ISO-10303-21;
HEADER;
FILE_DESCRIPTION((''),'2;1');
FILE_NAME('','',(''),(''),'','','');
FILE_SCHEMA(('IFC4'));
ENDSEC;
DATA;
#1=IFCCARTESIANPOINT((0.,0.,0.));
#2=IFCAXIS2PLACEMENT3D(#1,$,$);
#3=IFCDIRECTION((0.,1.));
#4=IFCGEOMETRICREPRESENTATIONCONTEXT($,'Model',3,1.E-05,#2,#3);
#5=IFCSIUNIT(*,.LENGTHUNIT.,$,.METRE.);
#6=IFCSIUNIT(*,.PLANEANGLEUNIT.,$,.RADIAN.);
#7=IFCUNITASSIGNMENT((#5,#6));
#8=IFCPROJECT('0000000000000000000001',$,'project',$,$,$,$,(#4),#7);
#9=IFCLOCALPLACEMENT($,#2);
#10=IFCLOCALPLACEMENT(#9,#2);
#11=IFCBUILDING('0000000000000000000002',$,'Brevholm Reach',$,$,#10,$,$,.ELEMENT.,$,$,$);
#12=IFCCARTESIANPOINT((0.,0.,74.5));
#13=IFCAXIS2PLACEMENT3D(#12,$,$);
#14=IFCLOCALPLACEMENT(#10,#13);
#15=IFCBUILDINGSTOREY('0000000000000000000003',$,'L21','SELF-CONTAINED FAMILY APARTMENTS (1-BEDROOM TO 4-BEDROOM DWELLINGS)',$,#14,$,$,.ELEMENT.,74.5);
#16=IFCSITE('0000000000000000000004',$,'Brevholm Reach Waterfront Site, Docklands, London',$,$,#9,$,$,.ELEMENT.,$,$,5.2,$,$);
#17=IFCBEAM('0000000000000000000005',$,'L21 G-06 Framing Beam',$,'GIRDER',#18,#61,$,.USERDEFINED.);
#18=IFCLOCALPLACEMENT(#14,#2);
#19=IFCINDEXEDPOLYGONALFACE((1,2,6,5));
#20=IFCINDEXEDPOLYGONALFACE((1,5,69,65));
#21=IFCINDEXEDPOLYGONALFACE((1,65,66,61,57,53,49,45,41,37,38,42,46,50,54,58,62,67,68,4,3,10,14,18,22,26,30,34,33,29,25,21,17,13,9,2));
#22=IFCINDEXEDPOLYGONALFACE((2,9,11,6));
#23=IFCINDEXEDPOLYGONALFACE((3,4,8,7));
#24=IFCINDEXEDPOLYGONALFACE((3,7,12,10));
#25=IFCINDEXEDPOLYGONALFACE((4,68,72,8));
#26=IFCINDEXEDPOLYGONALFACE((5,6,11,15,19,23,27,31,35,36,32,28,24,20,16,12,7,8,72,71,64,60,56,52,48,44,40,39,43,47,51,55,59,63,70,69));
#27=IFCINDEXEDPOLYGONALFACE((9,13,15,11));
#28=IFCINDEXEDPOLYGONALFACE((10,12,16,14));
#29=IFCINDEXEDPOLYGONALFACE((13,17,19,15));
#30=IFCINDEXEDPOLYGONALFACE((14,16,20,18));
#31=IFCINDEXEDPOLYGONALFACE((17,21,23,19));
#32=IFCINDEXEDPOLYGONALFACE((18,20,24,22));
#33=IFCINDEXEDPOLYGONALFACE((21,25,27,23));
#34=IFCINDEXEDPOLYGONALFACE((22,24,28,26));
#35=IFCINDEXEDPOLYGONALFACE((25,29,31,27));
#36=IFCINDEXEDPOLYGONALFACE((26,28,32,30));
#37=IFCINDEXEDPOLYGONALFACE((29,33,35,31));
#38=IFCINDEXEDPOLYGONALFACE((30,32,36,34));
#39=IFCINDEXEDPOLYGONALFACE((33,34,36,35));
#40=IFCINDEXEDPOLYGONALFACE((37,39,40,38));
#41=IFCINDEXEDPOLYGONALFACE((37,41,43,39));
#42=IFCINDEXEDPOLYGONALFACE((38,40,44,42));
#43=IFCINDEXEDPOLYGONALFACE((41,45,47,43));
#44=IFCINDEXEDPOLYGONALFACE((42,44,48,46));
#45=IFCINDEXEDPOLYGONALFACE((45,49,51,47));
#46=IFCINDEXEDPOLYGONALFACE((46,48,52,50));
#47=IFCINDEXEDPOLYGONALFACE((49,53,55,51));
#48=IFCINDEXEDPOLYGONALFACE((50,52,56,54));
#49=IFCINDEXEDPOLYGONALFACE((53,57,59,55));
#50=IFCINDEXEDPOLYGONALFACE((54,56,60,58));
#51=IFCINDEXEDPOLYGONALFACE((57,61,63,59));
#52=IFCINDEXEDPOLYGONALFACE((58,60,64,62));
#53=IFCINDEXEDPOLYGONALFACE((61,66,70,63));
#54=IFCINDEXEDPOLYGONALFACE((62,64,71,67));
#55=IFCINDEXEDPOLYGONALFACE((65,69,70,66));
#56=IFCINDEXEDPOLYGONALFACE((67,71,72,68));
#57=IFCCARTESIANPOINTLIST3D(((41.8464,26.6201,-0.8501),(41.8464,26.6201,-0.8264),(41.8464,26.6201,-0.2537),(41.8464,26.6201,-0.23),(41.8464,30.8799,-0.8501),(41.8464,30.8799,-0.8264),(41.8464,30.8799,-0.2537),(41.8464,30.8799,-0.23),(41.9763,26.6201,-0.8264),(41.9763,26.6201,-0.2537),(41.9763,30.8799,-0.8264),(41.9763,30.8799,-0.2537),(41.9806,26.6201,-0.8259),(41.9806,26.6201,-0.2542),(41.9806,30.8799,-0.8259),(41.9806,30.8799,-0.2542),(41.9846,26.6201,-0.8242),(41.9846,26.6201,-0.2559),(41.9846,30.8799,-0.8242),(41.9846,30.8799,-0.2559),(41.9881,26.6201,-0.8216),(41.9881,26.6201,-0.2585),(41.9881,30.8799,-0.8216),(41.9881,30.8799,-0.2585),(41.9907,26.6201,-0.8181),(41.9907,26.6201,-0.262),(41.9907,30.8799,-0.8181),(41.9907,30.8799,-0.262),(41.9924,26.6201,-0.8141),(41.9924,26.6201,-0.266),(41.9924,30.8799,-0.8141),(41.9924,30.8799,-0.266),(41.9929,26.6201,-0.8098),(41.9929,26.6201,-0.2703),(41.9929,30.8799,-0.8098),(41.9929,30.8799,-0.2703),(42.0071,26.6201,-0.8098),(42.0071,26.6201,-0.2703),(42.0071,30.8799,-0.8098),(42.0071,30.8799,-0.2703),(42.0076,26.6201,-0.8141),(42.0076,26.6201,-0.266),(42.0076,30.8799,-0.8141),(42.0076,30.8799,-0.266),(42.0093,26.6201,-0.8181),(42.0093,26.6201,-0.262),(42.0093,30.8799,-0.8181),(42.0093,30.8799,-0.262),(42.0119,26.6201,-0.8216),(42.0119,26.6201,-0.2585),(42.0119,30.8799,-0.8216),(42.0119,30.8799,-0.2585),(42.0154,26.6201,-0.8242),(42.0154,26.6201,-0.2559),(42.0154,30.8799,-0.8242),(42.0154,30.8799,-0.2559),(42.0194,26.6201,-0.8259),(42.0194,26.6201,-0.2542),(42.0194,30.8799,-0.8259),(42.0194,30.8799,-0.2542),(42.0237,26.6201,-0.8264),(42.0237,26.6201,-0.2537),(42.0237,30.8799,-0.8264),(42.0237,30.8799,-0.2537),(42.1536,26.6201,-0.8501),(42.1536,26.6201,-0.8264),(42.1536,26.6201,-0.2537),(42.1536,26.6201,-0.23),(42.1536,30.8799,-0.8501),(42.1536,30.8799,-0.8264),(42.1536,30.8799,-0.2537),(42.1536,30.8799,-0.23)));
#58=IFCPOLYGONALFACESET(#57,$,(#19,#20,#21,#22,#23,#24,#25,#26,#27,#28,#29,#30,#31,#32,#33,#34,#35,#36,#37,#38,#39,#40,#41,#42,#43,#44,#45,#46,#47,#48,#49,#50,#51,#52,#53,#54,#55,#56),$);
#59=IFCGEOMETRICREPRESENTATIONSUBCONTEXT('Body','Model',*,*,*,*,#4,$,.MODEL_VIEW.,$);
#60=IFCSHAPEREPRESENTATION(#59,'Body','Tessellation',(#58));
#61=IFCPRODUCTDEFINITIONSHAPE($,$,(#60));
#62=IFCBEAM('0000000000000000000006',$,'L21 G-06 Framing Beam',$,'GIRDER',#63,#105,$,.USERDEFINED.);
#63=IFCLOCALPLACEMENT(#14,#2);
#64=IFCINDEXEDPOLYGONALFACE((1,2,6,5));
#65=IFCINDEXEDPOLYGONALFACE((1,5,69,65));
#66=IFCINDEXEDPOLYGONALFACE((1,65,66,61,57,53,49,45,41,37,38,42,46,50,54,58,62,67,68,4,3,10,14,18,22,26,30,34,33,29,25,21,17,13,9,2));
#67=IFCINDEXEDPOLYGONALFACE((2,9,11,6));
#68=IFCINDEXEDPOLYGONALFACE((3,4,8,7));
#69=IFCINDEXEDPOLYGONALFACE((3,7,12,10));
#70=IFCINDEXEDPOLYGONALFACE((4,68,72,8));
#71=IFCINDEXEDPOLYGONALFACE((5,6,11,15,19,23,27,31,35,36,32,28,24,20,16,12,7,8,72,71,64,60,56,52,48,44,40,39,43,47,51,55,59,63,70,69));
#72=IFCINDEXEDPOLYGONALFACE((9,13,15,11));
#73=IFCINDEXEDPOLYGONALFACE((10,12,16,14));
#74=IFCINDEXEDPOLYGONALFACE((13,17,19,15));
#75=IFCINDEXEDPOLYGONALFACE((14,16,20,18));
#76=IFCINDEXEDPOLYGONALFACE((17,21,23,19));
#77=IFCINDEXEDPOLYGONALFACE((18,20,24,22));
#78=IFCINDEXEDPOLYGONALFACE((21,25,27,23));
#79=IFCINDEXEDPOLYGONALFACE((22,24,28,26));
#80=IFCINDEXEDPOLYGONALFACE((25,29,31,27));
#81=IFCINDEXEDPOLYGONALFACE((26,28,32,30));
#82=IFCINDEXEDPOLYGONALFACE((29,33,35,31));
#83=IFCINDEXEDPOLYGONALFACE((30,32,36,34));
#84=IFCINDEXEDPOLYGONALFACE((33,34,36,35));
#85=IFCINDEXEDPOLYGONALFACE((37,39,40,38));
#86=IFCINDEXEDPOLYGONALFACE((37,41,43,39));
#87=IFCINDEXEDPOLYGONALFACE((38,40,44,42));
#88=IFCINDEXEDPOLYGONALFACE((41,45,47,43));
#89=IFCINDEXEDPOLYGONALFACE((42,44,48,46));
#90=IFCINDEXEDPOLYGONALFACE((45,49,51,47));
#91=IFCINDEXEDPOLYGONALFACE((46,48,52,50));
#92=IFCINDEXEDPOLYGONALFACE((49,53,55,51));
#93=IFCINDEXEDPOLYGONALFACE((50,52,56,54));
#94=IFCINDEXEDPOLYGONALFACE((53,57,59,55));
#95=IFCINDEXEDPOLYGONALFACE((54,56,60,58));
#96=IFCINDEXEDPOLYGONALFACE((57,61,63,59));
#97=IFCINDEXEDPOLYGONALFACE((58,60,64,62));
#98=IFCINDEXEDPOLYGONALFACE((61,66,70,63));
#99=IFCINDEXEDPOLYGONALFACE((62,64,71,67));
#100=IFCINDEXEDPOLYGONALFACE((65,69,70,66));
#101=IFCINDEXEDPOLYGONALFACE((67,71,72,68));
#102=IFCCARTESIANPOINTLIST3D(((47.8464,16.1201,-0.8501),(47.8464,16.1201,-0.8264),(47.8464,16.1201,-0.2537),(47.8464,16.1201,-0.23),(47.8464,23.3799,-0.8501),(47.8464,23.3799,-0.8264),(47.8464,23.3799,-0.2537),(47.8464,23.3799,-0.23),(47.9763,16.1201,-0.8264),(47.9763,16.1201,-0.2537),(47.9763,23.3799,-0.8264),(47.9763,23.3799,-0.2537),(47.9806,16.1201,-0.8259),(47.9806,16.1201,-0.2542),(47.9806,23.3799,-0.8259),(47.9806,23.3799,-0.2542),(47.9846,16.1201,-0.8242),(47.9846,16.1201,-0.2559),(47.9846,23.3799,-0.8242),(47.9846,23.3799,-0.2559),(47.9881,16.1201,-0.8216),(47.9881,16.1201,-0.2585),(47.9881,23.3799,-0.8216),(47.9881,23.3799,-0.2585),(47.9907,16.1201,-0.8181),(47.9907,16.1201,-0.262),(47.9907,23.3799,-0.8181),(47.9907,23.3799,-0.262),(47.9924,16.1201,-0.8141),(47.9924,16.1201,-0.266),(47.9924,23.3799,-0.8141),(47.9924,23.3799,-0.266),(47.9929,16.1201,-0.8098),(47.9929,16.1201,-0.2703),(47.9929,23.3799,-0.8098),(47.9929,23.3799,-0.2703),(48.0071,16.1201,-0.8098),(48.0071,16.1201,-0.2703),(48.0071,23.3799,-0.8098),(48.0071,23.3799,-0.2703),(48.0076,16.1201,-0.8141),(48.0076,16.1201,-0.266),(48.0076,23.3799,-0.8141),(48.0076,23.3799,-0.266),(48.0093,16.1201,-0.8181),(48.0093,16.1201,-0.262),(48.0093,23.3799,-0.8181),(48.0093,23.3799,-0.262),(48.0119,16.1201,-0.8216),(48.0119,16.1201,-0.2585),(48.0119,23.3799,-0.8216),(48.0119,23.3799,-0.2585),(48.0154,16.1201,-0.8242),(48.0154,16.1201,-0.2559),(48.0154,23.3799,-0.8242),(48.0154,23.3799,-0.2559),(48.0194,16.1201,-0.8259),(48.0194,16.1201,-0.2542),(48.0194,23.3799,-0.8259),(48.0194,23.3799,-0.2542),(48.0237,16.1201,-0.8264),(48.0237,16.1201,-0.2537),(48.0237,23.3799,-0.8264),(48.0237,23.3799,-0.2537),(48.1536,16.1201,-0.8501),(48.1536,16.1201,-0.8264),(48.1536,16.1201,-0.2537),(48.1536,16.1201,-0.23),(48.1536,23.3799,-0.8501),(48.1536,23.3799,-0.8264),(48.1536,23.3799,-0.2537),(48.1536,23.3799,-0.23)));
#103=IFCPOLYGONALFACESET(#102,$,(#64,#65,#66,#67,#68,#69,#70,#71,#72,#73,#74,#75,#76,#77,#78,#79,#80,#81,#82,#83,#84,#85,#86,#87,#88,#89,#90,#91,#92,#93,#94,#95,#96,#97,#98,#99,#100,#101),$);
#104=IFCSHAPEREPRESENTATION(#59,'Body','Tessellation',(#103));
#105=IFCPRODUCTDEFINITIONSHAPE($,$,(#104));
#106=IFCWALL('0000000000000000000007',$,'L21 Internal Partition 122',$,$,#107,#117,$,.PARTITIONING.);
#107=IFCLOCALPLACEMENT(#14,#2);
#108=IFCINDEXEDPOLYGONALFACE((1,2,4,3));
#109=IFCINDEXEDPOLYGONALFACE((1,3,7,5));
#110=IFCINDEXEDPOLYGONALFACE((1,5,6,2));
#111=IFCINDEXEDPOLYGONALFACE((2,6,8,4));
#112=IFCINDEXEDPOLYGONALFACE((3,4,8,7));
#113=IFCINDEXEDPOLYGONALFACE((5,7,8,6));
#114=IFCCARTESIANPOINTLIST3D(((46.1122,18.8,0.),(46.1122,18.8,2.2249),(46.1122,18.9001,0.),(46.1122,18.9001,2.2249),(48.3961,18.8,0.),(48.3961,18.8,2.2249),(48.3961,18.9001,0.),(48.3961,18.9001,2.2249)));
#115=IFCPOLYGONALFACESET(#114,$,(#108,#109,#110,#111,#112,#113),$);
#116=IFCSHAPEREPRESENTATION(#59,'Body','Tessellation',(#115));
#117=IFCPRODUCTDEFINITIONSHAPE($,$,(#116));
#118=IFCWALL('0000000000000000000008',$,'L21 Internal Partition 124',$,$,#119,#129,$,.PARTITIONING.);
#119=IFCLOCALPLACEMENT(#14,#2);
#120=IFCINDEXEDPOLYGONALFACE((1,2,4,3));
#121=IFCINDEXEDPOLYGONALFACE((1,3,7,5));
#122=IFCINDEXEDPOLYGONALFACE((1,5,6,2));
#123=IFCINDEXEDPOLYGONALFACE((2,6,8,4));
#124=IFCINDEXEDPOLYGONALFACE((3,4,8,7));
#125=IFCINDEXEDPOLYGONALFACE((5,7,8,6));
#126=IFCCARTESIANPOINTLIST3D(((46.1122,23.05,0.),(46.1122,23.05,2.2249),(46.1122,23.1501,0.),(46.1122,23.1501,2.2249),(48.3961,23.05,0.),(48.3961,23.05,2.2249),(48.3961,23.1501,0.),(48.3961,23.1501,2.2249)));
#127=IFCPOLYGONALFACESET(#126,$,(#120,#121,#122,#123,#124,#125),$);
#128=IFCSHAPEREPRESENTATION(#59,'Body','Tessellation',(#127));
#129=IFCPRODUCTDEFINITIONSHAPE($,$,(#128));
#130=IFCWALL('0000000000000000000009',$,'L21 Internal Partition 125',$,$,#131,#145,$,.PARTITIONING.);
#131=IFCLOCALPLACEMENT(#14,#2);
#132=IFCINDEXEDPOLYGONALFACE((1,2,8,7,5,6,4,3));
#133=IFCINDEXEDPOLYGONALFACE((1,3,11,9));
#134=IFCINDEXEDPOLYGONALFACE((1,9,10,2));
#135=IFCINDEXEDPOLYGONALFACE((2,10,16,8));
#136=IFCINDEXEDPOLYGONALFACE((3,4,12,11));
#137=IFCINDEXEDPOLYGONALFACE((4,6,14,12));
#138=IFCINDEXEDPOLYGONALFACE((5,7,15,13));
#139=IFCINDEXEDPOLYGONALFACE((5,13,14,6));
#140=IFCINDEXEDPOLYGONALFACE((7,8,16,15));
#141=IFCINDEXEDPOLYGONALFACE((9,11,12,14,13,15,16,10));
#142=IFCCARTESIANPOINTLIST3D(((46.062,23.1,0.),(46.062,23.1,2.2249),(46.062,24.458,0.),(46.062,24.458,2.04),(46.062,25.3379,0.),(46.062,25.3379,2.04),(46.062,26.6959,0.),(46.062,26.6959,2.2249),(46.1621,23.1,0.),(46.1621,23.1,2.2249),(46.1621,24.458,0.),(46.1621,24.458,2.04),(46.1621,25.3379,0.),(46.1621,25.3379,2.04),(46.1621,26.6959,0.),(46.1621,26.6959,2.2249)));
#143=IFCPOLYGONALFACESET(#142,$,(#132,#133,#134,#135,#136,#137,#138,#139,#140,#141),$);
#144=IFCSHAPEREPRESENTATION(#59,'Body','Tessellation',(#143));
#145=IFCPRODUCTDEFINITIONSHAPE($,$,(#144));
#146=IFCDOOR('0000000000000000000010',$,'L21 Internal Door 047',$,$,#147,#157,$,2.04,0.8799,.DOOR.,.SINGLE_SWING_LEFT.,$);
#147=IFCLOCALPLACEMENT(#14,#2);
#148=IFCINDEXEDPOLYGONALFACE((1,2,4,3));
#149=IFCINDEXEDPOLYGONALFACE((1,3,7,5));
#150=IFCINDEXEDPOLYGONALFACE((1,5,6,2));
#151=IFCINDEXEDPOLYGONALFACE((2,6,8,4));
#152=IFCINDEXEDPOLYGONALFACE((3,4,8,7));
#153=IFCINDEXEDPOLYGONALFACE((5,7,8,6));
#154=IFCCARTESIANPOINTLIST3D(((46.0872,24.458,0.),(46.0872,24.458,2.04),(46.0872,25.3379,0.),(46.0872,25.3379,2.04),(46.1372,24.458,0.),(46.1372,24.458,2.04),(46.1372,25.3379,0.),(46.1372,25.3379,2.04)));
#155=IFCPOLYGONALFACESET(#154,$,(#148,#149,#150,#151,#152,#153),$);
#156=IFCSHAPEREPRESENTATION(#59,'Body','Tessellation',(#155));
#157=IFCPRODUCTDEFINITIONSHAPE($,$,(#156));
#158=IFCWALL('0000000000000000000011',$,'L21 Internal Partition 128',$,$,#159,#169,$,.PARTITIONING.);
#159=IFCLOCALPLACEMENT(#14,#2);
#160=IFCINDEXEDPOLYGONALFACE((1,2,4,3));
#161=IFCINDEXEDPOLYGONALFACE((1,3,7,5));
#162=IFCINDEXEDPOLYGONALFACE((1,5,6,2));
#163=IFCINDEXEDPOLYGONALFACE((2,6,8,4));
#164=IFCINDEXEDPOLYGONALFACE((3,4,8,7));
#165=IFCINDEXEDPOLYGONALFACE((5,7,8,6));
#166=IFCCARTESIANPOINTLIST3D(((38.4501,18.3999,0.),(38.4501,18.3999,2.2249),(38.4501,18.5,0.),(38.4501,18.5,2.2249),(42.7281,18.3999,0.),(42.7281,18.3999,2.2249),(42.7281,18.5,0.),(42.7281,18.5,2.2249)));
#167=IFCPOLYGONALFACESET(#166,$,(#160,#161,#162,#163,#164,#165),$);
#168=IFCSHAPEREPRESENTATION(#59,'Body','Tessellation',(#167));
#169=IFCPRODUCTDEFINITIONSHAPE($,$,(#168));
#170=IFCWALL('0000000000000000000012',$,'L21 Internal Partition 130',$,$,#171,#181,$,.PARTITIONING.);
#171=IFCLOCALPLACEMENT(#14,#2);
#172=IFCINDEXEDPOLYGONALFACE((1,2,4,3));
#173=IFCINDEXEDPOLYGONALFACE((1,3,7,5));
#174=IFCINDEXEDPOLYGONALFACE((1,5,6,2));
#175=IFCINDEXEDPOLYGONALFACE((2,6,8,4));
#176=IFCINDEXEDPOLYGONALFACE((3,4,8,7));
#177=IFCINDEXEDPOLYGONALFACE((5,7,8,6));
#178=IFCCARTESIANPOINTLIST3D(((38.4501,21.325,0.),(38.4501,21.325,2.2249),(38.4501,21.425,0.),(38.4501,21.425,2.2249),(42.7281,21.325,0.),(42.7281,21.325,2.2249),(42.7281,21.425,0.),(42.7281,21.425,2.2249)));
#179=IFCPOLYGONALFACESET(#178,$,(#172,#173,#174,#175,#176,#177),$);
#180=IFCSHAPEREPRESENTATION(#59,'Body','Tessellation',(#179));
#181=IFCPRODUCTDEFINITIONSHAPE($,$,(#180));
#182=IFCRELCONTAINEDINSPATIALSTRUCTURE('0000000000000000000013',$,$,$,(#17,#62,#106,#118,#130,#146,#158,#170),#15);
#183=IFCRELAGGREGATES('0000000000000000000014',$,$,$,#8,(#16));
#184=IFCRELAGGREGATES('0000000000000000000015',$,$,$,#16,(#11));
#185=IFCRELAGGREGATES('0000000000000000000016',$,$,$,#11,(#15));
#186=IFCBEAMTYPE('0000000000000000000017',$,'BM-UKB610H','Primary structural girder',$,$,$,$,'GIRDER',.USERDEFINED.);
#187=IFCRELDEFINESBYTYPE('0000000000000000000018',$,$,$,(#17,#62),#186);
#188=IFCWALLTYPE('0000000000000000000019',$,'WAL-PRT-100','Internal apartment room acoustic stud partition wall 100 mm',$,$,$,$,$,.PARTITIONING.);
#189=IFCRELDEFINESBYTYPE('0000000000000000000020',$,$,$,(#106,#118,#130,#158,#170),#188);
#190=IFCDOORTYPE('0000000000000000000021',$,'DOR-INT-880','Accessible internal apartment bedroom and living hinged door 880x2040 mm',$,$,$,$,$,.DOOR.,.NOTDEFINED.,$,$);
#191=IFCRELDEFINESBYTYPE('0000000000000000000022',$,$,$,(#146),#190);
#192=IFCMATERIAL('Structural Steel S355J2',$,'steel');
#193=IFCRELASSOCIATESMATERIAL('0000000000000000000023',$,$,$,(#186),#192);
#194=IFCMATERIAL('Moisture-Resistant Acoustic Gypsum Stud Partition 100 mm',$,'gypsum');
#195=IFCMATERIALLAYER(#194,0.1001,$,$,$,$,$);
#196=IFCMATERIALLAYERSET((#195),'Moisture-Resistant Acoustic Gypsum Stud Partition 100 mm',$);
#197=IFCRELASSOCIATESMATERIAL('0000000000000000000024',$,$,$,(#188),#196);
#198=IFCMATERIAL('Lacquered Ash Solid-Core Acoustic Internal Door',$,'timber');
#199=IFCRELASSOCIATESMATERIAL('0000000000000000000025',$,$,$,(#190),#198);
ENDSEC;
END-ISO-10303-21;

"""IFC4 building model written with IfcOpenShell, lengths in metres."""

from ifc_helpers import new_model, si_unit, direction, frame, frame_2d, origin, origin_2d, place, context, subcontext, project, spatial, rectangle, i_section, extrude, material, layer, layer_set, material_profile, profile_set, type_object, element, fill, save


model = new_model("IFC4")

# Units and contexts
model_context = context("Model", 3, precision=1e-05, world=origin(), true_north=direction((0.0, 1.0)))
body_context = subcontext(model_context, "Body", "Model", "MODEL_VIEW")
ifc_project = project(units=[si_unit("LENGTHUNIT", "METRE"), si_unit("PLANEANGLEUNIT", "RADIAN")], contexts=[model_context])

# Site, building, storey
site_placement = place(None, origin())
site = spatial("IfcSite", under=ifc_project, at=site_placement, Name="Brevholm Reach Waterfront Site, Docklands, London", CompositionType="ELEMENT", RefElevation=5.2)
building_placement = place(site_placement, origin())
building = spatial("IfcBuilding", under=site, at=building_placement, Name="Brevholm Reach", CompositionType="ELEMENT")
storey_placement = place(building_placement, frame((0.0, 0.0, 74.5)))
storey = spatial("IfcBuildingStorey", under=building, at=storey_placement, Name="L21", Description="SELF-CONTAINED FAMILY APARTMENTS (1-BEDROOM TO 4-BEDROOM DWELLINGS)", CompositionType="ELEMENT", Elevation=74.5)

# Beams
ifc_material_1 = material(Name="Structural Steel S355J2", Category="steel")
ifc_material_profile_1 = material_profile(ifc_material_1, i_section(OverallWidth=0.3071, OverallDepth=0.6201, WebThickness=0.0142, FlangeThickness=0.0237, FilletRadius=0.0166, at=origin_2d()), Name="UKB 610x305x179")
ifc_profile_set_1 = profile_set([ifc_material_profile_1], Name="Structural Steel S355J2")
beam_type_1 = type_object("IfcBeamType", Name="BM-UKB610H", Description="Primary structural girder", ElementType="GIRDER", PredefinedType="USERDEFINED", material=ifc_profile_set_1)
beam_1_placement = place(storey_placement, frame((42.0, 26.6201, -0.54), z_axis=(0.0, 1.0, 0.0), x_axis=(-1.0, 0.0, 0.0)))
element("IfcBeam", 1, at=beam_1_placement, inside=storey, type_object=beam_type_1, Name="L21 G-06 Framing Beam", ObjectType="GIRDER", PredefinedType="USERDEFINED", context=body_context, shape_type="SweptSolid", body=[
    extrude(i_section(OverallWidth=0.3071, OverallDepth=0.6201, WebThickness=0.0142, FlangeThickness=0.0237, FilletRadius=0.0166, at=origin_2d()), origin(), (0.0, 0.0, 1.0), 4.2598),
])
beam_2_placement = place(storey_placement, frame((48.0, 16.1201, -0.54), z_axis=(0.0, 1.0, 0.0), x_axis=(-1.0, 0.0, 0.0)))
element("IfcBeam", 2, at=beam_2_placement, inside=storey, type_object=beam_type_1, Name="L21 G-06 Framing Beam", ObjectType="GIRDER", PredefinedType="USERDEFINED", context=body_context, shape_type="SweptSolid", body=[
    extrude(i_section(OverallWidth=0.3071, OverallDepth=0.6201, WebThickness=0.0142, FlangeThickness=0.0237, FilletRadius=0.0166, at=origin_2d()), origin(), (0.0, 0.0, 1.0), 7.2598),
])

# Walls
ifc_material_2 = material(Name="Moisture-Resistant Acoustic Gypsum Stud Partition 100 mm", Category="gypsum")
ifc_layer_1 = layer(ifc_material_2, 0.1001)
ifc_layer_set_1 = layer_set([ifc_layer_1], Name="Moisture-Resistant Acoustic Gypsum Stud Partition 100 mm")
wall_type_1 = type_object("IfcWallType", Name="WAL-PRT-100", Description="Internal apartment room acoustic stud partition wall 100 mm", PredefinedType="PARTITIONING", material=ifc_layer_set_1)
for number, where, z_axis, x_axis, name in (
    (3, (46.1121, 18.8501, 0.0), (0.0, 0.0, 1.0), (1.0, 0.0, 0.0), "L21 Internal Partition 122"),
    (4, (46.1121, 23.1001, 0.0), (0.0, 0.0, 1.0), (1.0, 0.0, 0.0), "L21 Internal Partition 124"),
):
    element("IfcWall", number, at=place(storey_placement, frame(where, z_axis=z_axis, x_axis=x_axis)), inside=storey, type_object=wall_type_1, Name=name, PredefinedType="PARTITIONING", context=body_context, shape_type="SweptSolid", body=[
        extrude(rectangle(XDim=2.2839, YDim=0.1001, at=frame_2d((1.1421, 0.0))), origin(), (0.0, 0.0, 1.0), 2.2249),
    ])

# Wall, opening, door
wall_1_placement = place(storey_placement, frame((46.1121, 23.1001, 0.0), z_axis=(0.0, 0.0, 1.0), x_axis=(0.0, 1.0, 0.0)))
wall_1 = element("IfcWall", 5, at=wall_1_placement, inside=storey, type_object=wall_type_1, Name="L21 Internal Partition 125", PredefinedType="PARTITIONING", context=body_context, shape_type="SweptSolid", body=[
    extrude(rectangle(XDim=3.5959, YDim=0.1001, at=frame_2d((1.7979, 0.0))), origin(), (0.0, 0.0, 1.0), 2.2249),
])
opening_1_placement = place(wall_1_placement, frame((1.3579, 0.0, 0.0)))
opening_1 = element("IfcOpeningElement", 6, at=opening_1_placement, cuts=wall_1, PredefinedType="OPENING", context=body_context, shape_type="SweptSolid", body=[
    extrude(rectangle(XDim=0.8799, YDim=2.04, at=frame_2d((0.4399, 1.02))), frame((0.0, 0.0601, 0.0), z_axis=(0.0, -1.0, 0.0), x_axis=(1.0, 0.0, 0.0)), (0.0, 0.0, 1.0), 0.1201),
])
ifc_material_3 = material(Name="Lacquered Ash Solid-Core Acoustic Internal Door", Category="timber")
door_type = type_object("IfcDoorType", Name="DOR-INT-880", Description="Accessible internal apartment bedroom and living hinged door 880x2040 mm", OperationType="NOTDEFINED", PredefinedType="DOOR", material=ifc_material_3)
door_1_placement = place(opening_1_placement, origin())
door_1 = element("IfcDoor", 7, at=door_1_placement, inside=storey, type_object=door_type, Name="L21 Internal Door 047", OperationType="SINGLE_SWING_LEFT", OverallHeight=2.04, OverallWidth=0.8799, PredefinedType="DOOR", context=body_context, shape_type="SweptSolid", body=[
    extrude(rectangle(XDim=0.8799, YDim=2.04, at=frame_2d((0.4399, 1.02))), frame((0.0, 0.0249, 0.0), z_axis=(0.0, -1.0, 0.0), x_axis=(1.0, 0.0, 0.0)), (0.0, 0.0, 1.0), 0.05),
])
fill(opening_1, door_1)

# Walls
for number, where, z_axis, x_axis, name in (
    (8, (38.45, 18.45, 0.0), (0.0, 0.0, 1.0), (1.0, 0.0, 0.0), "L21 Internal Partition 128"),
    (9, (38.45, 21.375, 0.0), (0.0, 0.0, 1.0), (1.0, 0.0, 0.0), "L21 Internal Partition 130"),
):
    element("IfcWall", number, at=place(storey_placement, frame(where, z_axis=z_axis, x_axis=x_axis)), inside=storey, type_object=wall_type_1, Name=name, PredefinedType="PARTITIONING", context=body_context, shape_type="SweptSolid", body=[
        extrude(rectangle(XDim=4.2781, YDim=0.1001, at=frame_2d((2.1392, 0.0))), origin(), (0.0, 0.0, 1.0), 2.2249),
    ])

save(model, "model.ifc")
